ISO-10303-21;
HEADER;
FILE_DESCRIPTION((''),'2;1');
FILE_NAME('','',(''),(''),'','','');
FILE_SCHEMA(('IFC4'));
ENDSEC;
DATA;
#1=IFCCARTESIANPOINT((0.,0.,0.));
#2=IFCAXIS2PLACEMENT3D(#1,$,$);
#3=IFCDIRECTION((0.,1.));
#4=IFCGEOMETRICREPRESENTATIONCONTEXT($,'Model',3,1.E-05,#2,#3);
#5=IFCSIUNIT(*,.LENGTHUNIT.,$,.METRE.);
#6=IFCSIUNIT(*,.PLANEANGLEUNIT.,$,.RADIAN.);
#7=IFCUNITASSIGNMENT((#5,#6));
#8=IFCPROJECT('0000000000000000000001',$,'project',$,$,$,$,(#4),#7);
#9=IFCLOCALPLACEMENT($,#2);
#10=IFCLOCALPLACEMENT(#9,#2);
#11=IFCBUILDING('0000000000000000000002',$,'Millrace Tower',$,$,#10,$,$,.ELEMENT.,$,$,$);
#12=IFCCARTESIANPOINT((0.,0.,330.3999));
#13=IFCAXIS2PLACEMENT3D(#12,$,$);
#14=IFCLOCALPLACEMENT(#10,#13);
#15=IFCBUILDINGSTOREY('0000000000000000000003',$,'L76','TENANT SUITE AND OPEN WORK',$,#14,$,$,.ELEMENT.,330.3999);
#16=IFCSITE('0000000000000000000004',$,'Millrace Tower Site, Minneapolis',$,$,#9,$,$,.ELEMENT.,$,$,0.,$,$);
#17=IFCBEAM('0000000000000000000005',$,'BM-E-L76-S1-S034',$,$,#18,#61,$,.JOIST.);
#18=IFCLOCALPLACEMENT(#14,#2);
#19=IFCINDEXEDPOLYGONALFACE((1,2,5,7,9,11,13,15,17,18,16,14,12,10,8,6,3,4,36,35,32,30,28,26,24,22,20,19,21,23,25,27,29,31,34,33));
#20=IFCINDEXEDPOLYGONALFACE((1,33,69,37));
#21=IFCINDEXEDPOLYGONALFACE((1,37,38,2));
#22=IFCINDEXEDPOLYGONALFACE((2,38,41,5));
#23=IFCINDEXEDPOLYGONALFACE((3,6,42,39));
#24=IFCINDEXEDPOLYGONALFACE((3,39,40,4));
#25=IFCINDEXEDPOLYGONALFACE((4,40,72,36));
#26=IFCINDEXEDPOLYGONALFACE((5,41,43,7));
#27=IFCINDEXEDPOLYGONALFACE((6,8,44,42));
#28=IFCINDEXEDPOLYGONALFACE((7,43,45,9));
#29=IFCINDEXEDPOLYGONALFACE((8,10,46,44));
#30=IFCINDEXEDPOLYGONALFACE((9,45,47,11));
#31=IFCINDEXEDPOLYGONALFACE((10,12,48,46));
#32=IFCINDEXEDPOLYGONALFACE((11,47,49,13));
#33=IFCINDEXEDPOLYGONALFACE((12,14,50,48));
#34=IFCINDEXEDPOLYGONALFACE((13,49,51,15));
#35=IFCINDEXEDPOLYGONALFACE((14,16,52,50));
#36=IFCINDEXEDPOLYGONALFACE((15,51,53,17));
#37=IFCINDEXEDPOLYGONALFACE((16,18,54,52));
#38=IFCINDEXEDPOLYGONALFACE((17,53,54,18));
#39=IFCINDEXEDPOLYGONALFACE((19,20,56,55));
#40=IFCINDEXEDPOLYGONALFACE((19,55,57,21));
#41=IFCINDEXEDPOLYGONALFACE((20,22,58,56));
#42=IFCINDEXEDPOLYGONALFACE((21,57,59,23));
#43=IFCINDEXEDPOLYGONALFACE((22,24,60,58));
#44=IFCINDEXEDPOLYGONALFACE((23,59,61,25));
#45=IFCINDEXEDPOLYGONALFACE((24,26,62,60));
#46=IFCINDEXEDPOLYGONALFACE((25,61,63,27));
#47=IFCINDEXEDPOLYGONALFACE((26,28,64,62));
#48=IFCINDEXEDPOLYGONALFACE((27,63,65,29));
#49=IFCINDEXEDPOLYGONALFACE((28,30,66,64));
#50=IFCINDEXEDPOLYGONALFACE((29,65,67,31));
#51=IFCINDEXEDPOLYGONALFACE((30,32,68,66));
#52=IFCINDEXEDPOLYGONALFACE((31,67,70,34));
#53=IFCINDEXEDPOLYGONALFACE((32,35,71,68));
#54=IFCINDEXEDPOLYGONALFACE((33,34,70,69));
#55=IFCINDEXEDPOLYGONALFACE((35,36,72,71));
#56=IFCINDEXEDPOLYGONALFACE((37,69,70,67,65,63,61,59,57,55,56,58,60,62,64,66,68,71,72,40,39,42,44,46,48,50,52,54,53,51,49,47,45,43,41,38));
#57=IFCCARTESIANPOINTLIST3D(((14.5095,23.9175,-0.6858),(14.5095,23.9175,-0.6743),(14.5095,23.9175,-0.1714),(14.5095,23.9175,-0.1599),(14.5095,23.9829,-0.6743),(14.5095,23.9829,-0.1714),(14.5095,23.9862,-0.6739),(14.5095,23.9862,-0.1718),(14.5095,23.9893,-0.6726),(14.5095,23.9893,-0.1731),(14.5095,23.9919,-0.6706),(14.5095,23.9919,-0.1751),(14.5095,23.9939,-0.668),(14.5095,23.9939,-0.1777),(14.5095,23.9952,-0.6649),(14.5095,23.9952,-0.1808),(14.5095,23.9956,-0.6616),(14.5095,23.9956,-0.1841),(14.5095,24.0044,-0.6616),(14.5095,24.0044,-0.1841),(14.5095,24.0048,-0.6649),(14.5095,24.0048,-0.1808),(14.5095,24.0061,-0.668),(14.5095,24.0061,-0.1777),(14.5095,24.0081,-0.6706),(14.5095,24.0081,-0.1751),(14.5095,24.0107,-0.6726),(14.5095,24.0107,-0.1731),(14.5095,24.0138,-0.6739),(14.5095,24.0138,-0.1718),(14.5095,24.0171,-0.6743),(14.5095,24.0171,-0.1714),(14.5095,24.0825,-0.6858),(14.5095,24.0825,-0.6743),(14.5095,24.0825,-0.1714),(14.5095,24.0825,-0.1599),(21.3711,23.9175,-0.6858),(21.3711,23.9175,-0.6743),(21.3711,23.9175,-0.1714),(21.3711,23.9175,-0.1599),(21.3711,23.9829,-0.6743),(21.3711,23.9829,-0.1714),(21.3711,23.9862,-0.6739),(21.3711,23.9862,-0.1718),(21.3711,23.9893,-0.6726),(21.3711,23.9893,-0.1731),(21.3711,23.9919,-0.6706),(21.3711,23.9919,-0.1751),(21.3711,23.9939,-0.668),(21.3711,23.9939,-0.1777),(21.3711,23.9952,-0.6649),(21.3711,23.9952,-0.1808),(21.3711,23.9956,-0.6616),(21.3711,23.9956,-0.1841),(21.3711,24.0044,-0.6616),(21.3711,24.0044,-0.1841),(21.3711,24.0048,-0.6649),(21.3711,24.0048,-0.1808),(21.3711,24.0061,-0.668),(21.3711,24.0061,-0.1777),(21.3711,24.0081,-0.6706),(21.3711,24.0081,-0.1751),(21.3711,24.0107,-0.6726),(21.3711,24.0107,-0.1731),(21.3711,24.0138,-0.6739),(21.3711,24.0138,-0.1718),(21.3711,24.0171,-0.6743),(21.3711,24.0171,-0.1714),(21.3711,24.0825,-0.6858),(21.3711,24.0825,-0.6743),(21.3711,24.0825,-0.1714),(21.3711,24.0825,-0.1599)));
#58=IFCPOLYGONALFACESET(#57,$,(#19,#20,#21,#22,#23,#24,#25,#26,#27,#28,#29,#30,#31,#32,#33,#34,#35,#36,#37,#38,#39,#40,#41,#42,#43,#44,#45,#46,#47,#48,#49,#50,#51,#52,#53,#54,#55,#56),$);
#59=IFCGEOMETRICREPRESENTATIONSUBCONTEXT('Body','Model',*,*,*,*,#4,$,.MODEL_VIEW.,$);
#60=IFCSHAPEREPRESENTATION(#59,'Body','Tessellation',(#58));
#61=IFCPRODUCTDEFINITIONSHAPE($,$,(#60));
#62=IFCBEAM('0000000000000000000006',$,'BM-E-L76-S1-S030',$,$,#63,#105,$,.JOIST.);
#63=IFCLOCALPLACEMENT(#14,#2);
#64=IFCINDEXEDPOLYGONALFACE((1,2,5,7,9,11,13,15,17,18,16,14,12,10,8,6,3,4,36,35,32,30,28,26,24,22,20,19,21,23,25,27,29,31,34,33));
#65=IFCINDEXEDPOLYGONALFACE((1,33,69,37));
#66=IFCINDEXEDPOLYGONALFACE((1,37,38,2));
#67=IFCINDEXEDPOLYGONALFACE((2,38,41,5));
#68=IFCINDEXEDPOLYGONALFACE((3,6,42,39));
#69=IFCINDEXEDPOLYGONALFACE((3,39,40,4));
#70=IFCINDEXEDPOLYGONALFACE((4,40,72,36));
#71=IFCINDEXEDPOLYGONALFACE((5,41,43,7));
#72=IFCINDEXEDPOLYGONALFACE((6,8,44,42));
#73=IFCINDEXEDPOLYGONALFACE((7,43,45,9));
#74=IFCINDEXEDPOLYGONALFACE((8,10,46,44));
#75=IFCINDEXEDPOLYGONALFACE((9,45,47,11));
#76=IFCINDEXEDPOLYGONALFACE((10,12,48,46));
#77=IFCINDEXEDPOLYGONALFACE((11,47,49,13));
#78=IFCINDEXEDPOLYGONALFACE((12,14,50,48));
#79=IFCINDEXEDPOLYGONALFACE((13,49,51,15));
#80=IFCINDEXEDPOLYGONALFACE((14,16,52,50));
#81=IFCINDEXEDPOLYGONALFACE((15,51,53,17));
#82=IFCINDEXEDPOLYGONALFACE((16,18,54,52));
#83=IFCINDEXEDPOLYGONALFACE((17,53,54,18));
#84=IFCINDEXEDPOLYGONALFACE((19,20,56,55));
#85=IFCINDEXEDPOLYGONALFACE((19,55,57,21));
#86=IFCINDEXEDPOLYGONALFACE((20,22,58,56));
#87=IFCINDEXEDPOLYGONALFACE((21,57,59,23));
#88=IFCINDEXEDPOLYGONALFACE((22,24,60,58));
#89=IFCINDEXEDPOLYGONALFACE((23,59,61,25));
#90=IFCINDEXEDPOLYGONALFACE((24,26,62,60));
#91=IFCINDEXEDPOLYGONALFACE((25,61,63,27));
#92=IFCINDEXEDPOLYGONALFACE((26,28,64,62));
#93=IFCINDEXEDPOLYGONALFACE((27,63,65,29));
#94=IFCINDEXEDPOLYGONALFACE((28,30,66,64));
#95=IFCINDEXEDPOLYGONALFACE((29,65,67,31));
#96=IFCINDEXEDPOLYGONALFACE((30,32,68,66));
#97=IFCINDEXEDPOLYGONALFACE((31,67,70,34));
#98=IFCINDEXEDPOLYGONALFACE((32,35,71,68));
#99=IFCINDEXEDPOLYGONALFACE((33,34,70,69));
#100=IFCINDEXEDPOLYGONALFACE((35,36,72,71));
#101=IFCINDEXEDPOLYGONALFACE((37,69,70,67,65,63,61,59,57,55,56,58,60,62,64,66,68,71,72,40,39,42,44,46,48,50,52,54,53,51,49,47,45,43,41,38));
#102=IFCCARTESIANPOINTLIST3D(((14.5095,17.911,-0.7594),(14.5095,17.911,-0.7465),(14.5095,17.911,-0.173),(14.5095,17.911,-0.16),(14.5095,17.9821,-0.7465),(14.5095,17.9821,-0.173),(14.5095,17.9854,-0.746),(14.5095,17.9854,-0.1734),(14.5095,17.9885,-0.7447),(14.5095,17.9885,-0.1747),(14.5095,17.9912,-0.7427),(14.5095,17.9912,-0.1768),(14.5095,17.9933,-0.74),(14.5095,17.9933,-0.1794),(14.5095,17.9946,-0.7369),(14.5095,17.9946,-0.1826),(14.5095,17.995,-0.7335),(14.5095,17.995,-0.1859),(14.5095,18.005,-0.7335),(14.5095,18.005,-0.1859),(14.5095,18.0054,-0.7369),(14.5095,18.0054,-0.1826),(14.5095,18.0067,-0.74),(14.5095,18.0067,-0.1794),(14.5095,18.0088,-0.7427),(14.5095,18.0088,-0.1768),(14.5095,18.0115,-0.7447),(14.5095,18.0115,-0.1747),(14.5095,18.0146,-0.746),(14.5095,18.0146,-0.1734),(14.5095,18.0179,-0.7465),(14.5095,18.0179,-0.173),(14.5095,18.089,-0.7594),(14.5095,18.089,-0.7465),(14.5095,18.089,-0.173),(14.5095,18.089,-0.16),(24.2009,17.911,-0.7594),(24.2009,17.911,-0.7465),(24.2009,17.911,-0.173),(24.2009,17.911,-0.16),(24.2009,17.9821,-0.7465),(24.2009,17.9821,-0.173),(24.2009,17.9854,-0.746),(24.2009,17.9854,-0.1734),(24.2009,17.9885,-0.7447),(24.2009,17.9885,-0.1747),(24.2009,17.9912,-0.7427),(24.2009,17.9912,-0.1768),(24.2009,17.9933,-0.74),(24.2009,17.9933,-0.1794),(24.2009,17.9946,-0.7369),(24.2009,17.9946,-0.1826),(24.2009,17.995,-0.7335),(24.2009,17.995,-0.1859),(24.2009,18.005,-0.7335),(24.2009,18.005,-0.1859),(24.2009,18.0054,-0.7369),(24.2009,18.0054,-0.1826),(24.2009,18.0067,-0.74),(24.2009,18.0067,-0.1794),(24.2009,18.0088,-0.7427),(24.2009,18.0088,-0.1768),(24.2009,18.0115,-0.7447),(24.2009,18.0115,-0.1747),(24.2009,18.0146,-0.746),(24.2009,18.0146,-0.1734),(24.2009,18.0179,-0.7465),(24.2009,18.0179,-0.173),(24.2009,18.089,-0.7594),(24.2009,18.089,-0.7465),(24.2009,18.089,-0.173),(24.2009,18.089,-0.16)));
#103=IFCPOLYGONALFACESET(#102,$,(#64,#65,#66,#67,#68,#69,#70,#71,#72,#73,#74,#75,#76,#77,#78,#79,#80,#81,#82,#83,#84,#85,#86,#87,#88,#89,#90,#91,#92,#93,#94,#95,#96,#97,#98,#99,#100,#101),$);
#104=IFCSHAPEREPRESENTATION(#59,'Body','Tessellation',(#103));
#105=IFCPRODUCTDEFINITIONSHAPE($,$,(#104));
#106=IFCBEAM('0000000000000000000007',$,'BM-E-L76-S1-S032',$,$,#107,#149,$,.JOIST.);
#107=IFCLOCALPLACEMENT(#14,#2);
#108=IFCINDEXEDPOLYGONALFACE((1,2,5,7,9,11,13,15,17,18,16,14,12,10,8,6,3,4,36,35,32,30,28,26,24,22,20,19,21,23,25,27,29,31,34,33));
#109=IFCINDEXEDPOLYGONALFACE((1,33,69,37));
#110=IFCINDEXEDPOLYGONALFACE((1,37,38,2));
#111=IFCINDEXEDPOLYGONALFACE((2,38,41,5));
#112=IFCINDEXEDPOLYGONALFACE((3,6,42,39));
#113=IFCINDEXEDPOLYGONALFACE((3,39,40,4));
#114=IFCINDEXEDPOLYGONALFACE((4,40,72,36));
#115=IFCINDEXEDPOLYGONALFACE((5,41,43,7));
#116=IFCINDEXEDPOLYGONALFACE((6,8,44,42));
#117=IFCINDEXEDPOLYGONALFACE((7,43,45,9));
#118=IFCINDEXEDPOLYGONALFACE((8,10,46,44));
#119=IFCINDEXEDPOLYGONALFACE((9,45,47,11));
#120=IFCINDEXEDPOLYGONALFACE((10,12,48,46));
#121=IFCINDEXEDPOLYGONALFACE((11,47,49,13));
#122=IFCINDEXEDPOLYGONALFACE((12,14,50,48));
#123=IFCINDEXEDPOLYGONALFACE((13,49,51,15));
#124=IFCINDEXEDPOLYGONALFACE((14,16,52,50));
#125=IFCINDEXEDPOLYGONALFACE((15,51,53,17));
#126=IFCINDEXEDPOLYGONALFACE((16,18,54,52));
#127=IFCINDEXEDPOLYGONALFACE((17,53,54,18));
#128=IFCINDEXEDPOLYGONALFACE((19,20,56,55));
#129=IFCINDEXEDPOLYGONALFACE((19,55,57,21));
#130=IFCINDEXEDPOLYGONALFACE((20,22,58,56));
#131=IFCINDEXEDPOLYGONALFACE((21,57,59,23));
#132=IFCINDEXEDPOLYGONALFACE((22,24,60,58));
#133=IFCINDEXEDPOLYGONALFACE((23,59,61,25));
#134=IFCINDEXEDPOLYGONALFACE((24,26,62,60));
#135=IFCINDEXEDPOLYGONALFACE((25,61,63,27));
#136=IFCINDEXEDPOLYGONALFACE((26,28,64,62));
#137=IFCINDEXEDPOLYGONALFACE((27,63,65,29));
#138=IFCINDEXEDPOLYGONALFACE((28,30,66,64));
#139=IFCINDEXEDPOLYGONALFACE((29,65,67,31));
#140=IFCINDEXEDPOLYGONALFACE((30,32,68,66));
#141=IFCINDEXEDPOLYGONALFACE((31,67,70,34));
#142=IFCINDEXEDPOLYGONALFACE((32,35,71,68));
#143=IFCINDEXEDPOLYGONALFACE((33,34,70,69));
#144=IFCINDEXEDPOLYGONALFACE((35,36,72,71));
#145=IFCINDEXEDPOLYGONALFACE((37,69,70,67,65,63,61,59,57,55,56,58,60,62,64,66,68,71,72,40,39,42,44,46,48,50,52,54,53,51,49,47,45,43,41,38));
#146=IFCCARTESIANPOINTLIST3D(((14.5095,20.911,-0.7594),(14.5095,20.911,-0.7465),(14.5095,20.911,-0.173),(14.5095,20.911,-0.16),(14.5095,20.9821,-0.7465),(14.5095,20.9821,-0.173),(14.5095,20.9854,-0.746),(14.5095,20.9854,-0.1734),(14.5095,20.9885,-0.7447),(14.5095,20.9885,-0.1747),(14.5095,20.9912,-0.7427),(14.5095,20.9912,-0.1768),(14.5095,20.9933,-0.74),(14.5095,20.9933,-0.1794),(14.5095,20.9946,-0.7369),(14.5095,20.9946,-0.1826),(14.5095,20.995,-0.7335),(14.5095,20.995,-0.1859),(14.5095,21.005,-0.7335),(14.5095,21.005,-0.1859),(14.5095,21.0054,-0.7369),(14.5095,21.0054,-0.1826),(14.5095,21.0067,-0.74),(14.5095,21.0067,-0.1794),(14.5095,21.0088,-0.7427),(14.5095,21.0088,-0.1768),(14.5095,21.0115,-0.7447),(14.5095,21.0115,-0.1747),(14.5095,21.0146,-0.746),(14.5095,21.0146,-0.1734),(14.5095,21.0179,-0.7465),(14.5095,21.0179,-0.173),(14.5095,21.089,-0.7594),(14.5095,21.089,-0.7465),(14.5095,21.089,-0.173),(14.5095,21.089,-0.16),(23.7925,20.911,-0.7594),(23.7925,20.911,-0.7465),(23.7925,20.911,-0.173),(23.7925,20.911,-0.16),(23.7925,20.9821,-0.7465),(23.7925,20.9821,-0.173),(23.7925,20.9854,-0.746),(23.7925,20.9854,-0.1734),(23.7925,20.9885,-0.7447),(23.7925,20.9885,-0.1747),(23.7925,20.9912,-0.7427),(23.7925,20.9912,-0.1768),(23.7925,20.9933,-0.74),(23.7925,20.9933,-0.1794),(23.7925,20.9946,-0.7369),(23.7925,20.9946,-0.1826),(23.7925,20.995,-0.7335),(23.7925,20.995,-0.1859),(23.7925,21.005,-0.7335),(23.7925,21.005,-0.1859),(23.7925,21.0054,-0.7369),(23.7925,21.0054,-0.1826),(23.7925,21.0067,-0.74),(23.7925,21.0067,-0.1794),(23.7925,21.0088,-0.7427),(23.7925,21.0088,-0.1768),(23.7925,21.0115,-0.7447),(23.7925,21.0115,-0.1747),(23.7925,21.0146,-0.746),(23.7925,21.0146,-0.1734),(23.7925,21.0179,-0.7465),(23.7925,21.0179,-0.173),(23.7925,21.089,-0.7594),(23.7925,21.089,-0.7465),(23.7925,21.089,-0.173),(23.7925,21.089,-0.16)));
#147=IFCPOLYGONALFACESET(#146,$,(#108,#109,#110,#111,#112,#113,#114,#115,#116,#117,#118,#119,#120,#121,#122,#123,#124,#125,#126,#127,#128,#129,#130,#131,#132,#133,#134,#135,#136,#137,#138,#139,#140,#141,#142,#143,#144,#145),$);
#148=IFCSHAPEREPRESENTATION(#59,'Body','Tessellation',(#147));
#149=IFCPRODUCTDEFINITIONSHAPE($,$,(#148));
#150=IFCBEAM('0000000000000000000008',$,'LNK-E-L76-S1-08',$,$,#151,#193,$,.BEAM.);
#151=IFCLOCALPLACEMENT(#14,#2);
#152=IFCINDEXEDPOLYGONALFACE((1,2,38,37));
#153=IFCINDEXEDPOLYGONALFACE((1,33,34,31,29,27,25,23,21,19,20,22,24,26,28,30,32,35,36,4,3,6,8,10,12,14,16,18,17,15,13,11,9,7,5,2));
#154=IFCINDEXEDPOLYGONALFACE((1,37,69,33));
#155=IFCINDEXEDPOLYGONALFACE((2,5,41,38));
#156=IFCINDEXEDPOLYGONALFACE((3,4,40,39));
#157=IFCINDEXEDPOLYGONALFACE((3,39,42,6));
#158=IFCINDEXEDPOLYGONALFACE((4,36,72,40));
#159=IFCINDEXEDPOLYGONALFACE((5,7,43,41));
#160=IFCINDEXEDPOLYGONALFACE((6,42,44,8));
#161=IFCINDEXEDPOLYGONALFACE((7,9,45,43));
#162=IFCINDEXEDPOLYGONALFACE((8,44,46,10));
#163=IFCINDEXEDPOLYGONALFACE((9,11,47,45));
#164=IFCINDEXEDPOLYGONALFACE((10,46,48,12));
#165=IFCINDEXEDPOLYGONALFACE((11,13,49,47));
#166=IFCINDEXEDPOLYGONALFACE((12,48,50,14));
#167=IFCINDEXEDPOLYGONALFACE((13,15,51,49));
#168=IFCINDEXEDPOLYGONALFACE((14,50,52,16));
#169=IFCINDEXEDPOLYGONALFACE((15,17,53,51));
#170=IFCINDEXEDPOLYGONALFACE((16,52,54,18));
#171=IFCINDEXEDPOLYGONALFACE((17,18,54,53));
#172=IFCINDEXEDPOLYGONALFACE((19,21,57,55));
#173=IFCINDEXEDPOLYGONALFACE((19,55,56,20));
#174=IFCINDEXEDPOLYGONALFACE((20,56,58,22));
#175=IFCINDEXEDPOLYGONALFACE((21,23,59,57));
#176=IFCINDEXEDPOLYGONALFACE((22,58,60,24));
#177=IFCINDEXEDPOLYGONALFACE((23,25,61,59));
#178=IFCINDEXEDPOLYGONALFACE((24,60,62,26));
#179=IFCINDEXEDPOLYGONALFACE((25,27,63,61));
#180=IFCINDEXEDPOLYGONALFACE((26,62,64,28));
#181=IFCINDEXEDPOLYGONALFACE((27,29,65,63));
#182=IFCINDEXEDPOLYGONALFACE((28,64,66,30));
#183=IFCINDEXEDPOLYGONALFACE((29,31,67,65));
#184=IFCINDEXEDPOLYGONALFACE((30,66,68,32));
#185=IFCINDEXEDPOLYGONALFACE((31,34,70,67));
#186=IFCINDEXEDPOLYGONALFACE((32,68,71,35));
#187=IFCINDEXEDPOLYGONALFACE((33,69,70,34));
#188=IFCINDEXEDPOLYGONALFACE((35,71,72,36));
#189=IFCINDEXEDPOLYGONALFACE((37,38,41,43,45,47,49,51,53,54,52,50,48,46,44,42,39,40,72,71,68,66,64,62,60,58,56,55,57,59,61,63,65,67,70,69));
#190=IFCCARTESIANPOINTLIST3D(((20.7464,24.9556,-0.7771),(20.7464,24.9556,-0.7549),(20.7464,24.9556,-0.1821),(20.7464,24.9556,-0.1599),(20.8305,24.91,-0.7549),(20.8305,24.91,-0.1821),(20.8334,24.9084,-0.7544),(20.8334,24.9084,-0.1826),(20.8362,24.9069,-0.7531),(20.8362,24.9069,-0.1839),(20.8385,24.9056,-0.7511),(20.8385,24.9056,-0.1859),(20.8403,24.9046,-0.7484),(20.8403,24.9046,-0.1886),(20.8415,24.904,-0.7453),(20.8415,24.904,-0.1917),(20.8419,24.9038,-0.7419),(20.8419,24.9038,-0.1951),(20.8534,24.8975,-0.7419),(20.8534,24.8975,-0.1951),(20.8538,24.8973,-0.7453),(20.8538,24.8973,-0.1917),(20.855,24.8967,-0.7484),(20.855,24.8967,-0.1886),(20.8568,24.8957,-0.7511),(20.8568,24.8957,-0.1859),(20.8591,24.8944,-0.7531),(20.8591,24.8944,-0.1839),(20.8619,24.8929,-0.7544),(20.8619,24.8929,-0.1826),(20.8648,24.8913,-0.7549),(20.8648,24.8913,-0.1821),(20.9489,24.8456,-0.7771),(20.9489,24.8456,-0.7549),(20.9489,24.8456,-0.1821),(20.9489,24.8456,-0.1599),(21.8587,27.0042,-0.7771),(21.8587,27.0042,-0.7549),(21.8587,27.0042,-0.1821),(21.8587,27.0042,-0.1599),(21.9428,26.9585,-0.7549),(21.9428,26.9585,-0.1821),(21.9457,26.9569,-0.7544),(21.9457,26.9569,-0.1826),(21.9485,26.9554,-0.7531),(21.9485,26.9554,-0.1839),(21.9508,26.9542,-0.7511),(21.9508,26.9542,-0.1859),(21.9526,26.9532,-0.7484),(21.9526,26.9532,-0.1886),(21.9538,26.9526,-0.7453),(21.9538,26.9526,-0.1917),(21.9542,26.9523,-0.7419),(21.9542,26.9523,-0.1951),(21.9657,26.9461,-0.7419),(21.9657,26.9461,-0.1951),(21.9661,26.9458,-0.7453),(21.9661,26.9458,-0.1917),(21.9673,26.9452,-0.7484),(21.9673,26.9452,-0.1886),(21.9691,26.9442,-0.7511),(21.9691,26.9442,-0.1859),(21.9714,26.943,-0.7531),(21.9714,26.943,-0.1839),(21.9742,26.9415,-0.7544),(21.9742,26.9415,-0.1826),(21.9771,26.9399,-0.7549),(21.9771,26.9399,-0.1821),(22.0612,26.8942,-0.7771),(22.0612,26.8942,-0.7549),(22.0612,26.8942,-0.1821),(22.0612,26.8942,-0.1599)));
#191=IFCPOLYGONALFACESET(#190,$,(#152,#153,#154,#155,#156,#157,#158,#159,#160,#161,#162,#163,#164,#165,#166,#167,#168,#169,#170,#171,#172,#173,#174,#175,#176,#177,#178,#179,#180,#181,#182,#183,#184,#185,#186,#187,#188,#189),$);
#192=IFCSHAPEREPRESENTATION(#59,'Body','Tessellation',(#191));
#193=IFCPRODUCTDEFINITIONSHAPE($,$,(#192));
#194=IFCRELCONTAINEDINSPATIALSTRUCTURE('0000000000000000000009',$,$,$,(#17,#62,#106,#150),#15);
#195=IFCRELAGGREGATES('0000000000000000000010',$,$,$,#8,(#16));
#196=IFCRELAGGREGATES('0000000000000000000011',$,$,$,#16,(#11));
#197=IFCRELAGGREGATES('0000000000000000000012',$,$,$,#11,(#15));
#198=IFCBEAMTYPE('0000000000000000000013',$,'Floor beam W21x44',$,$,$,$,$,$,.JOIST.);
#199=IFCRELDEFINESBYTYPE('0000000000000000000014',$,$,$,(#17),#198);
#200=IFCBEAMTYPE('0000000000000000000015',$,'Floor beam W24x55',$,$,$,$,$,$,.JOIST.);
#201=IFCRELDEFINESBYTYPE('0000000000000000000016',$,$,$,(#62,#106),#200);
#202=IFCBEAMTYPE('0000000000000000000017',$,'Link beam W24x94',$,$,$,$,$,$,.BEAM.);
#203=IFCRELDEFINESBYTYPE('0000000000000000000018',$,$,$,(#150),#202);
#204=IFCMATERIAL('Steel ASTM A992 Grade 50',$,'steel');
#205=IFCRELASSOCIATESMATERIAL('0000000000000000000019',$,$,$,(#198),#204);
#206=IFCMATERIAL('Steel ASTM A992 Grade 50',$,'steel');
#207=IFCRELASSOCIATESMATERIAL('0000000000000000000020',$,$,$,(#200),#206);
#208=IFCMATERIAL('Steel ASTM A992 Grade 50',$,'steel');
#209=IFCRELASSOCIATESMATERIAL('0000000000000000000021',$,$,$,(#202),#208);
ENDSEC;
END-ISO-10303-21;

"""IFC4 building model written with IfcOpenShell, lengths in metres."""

from ifc_helpers import new_model, si_unit, direction, frame, origin, origin_2d, place, context, subcontext, project, spatial, i_section, extrude, material, material_profile, profile_set, type_object, element, save


model = new_model("IFC4")

# Units and contexts
model_context = context("Model", 3, precision=1e-05, world=origin(), true_north=direction((0.0, 1.0)))
body_context = subcontext(model_context, "Body", "Model", "MODEL_VIEW")
ifc_project = project(units=[si_unit("LENGTHUNIT", "METRE"), si_unit("PLANEANGLEUNIT", "RADIAN")], contexts=[model_context])

# Site, building, storey
site_placement = place(None, origin())
site = spatial("IfcSite", under=ifc_project, at=site_placement, Name="Millrace Tower Site, Minneapolis", CompositionType="ELEMENT", RefElevation=0.0)
building_placement = place(site_placement, origin())
building = spatial("IfcBuilding", under=site, at=building_placement, Name="Millrace Tower", CompositionType="ELEMENT")
storey_placement = place(building_placement, frame((0.0, 0.0, 330.3999)))
storey = spatial("IfcBuildingStorey", under=building, at=storey_placement, Name="L76", Description="TENANT SUITE AND OPEN WORK", CompositionType="ELEMENT", Elevation=330.3999)

# Beams
ifc_material_1 = material(Name="Steel ASTM A992 Grade 50", Category="steel")
ifc_material_profile_1 = material_profile(ifc_material_1, i_section(OverallWidth=0.165, OverallDepth=0.5259, WebThickness=0.0088, FlangeThickness=0.0115, FilletRadius=0.0127, at=origin_2d()))
ifc_profile_set_1 = profile_set([ifc_material_profile_1], Name="Steel ASTM A992 Grade 50")
beam_type_1 = type_object("IfcBeamType", Name="Floor beam W21x44", PredefinedType="JOIST", material=ifc_profile_set_1)
beam_1_placement = place(storey_placement, frame((14.5095, 24.0, -0.4229), z_axis=(1.0, 0.0, 0.0), x_axis=(0.0, 1.0, 0.0)))
element("IfcBeam", 1, at=beam_1_placement, inside=storey, type_object=beam_type_1, Name="BM-E-L76-S1-S034", PredefinedType="JOIST", context=body_context, shape_type="SweptSolid", body=[
    extrude(i_section(OverallWidth=0.165, OverallDepth=0.5259, WebThickness=0.0088, FlangeThickness=0.0115, FilletRadius=0.0127, at=origin_2d()), origin(), (0.0, 0.0, 1.0), 6.8616),
])
ifc_material_2 = material(Name="Steel ASTM A992 Grade 50", Category="steel")
ifc_material_profile_2 = material_profile(ifc_material_2, i_section(OverallWidth=0.178, OverallDepth=0.5994, WebThickness=0.01, FlangeThickness=0.0129, FilletRadius=0.0129, at=origin_2d()))
ifc_profile_set_2 = profile_set([ifc_material_profile_2], Name="Steel ASTM A992 Grade 50")
beam_type_2 = type_object("IfcBeamType", Name="Floor beam W24x55", PredefinedType="JOIST", material=ifc_profile_set_2)
beam_2_placement = place(storey_placement, frame((14.5095, 18.0, -0.4597), z_axis=(1.0, 0.0, 0.0), x_axis=(0.0, 1.0, 0.0)))
element("IfcBeam", 2, at=beam_2_placement, inside=storey, type_object=beam_type_2, Name="BM-E-L76-S1-S030", PredefinedType="JOIST", context=body_context, shape_type="SweptSolid", body=[
    extrude(i_section(OverallWidth=0.178, OverallDepth=0.5994, WebThickness=0.01, FlangeThickness=0.0129, FilletRadius=0.0129, at=origin_2d()), origin(), (0.0, 0.0, 1.0), 9.6914),
])
beam_3_placement = place(storey_placement, frame((14.5095, 21.0, -0.4597), z_axis=(1.0, 0.0, 0.0), x_axis=(0.0, 1.0, 0.0)))
element("IfcBeam", 3, at=beam_3_placement, inside=storey, type_object=beam_type_2, Name="BM-E-L76-S1-S032", PredefinedType="JOIST", context=body_context, shape_type="SweptSolid", body=[
    extrude(i_section(OverallWidth=0.178, OverallDepth=0.5994, WebThickness=0.01, FlangeThickness=0.0129, FilletRadius=0.0129, at=origin_2d()), origin(), (0.0, 0.0, 1.0), 9.283),
])
ifc_material_3 = material(Name="Steel ASTM A992 Grade 50", Category="steel")
ifc_material_profile_3 = material_profile(ifc_material_3, i_section(OverallWidth=0.2305, OverallDepth=0.6172, WebThickness=0.0132, FlangeThickness=0.0222, FilletRadius=0.0129, at=origin_2d()))
ifc_profile_set_3 = profile_set([ifc_material_profile_3], Name="Steel ASTM A992 Grade 50")
beam_type_3 = type_object("IfcBeamType", Name="Link beam W24x94", PredefinedType="BEAM", material=ifc_profile_set_3)
for number, where, z_axis, x_axis, name in (
    (4, (20.8477, 24.9006, -0.4685), (0.477164, 0.878815, 0.0), (-0.878815, 0.477164, 0.0), "LNK-E-L76-S1-08"),
):
    element("IfcBeam", number, at=place(storey_placement, frame(where, z_axis=z_axis, x_axis=x_axis)), inside=storey, type_object=beam_type_3, Name=name, PredefinedType="BEAM", context=body_context, shape_type="SweptSolid", body=[
        extrude(i_section(OverallWidth=0.2305, OverallDepth=0.6172, WebThickness=0.0132, FlangeThickness=0.0222, FilletRadius=0.0129, at=origin_2d()), origin(), (0.0, 0.0, 1.0), 2.3311),
    ])

save(model, "model.ifc")
